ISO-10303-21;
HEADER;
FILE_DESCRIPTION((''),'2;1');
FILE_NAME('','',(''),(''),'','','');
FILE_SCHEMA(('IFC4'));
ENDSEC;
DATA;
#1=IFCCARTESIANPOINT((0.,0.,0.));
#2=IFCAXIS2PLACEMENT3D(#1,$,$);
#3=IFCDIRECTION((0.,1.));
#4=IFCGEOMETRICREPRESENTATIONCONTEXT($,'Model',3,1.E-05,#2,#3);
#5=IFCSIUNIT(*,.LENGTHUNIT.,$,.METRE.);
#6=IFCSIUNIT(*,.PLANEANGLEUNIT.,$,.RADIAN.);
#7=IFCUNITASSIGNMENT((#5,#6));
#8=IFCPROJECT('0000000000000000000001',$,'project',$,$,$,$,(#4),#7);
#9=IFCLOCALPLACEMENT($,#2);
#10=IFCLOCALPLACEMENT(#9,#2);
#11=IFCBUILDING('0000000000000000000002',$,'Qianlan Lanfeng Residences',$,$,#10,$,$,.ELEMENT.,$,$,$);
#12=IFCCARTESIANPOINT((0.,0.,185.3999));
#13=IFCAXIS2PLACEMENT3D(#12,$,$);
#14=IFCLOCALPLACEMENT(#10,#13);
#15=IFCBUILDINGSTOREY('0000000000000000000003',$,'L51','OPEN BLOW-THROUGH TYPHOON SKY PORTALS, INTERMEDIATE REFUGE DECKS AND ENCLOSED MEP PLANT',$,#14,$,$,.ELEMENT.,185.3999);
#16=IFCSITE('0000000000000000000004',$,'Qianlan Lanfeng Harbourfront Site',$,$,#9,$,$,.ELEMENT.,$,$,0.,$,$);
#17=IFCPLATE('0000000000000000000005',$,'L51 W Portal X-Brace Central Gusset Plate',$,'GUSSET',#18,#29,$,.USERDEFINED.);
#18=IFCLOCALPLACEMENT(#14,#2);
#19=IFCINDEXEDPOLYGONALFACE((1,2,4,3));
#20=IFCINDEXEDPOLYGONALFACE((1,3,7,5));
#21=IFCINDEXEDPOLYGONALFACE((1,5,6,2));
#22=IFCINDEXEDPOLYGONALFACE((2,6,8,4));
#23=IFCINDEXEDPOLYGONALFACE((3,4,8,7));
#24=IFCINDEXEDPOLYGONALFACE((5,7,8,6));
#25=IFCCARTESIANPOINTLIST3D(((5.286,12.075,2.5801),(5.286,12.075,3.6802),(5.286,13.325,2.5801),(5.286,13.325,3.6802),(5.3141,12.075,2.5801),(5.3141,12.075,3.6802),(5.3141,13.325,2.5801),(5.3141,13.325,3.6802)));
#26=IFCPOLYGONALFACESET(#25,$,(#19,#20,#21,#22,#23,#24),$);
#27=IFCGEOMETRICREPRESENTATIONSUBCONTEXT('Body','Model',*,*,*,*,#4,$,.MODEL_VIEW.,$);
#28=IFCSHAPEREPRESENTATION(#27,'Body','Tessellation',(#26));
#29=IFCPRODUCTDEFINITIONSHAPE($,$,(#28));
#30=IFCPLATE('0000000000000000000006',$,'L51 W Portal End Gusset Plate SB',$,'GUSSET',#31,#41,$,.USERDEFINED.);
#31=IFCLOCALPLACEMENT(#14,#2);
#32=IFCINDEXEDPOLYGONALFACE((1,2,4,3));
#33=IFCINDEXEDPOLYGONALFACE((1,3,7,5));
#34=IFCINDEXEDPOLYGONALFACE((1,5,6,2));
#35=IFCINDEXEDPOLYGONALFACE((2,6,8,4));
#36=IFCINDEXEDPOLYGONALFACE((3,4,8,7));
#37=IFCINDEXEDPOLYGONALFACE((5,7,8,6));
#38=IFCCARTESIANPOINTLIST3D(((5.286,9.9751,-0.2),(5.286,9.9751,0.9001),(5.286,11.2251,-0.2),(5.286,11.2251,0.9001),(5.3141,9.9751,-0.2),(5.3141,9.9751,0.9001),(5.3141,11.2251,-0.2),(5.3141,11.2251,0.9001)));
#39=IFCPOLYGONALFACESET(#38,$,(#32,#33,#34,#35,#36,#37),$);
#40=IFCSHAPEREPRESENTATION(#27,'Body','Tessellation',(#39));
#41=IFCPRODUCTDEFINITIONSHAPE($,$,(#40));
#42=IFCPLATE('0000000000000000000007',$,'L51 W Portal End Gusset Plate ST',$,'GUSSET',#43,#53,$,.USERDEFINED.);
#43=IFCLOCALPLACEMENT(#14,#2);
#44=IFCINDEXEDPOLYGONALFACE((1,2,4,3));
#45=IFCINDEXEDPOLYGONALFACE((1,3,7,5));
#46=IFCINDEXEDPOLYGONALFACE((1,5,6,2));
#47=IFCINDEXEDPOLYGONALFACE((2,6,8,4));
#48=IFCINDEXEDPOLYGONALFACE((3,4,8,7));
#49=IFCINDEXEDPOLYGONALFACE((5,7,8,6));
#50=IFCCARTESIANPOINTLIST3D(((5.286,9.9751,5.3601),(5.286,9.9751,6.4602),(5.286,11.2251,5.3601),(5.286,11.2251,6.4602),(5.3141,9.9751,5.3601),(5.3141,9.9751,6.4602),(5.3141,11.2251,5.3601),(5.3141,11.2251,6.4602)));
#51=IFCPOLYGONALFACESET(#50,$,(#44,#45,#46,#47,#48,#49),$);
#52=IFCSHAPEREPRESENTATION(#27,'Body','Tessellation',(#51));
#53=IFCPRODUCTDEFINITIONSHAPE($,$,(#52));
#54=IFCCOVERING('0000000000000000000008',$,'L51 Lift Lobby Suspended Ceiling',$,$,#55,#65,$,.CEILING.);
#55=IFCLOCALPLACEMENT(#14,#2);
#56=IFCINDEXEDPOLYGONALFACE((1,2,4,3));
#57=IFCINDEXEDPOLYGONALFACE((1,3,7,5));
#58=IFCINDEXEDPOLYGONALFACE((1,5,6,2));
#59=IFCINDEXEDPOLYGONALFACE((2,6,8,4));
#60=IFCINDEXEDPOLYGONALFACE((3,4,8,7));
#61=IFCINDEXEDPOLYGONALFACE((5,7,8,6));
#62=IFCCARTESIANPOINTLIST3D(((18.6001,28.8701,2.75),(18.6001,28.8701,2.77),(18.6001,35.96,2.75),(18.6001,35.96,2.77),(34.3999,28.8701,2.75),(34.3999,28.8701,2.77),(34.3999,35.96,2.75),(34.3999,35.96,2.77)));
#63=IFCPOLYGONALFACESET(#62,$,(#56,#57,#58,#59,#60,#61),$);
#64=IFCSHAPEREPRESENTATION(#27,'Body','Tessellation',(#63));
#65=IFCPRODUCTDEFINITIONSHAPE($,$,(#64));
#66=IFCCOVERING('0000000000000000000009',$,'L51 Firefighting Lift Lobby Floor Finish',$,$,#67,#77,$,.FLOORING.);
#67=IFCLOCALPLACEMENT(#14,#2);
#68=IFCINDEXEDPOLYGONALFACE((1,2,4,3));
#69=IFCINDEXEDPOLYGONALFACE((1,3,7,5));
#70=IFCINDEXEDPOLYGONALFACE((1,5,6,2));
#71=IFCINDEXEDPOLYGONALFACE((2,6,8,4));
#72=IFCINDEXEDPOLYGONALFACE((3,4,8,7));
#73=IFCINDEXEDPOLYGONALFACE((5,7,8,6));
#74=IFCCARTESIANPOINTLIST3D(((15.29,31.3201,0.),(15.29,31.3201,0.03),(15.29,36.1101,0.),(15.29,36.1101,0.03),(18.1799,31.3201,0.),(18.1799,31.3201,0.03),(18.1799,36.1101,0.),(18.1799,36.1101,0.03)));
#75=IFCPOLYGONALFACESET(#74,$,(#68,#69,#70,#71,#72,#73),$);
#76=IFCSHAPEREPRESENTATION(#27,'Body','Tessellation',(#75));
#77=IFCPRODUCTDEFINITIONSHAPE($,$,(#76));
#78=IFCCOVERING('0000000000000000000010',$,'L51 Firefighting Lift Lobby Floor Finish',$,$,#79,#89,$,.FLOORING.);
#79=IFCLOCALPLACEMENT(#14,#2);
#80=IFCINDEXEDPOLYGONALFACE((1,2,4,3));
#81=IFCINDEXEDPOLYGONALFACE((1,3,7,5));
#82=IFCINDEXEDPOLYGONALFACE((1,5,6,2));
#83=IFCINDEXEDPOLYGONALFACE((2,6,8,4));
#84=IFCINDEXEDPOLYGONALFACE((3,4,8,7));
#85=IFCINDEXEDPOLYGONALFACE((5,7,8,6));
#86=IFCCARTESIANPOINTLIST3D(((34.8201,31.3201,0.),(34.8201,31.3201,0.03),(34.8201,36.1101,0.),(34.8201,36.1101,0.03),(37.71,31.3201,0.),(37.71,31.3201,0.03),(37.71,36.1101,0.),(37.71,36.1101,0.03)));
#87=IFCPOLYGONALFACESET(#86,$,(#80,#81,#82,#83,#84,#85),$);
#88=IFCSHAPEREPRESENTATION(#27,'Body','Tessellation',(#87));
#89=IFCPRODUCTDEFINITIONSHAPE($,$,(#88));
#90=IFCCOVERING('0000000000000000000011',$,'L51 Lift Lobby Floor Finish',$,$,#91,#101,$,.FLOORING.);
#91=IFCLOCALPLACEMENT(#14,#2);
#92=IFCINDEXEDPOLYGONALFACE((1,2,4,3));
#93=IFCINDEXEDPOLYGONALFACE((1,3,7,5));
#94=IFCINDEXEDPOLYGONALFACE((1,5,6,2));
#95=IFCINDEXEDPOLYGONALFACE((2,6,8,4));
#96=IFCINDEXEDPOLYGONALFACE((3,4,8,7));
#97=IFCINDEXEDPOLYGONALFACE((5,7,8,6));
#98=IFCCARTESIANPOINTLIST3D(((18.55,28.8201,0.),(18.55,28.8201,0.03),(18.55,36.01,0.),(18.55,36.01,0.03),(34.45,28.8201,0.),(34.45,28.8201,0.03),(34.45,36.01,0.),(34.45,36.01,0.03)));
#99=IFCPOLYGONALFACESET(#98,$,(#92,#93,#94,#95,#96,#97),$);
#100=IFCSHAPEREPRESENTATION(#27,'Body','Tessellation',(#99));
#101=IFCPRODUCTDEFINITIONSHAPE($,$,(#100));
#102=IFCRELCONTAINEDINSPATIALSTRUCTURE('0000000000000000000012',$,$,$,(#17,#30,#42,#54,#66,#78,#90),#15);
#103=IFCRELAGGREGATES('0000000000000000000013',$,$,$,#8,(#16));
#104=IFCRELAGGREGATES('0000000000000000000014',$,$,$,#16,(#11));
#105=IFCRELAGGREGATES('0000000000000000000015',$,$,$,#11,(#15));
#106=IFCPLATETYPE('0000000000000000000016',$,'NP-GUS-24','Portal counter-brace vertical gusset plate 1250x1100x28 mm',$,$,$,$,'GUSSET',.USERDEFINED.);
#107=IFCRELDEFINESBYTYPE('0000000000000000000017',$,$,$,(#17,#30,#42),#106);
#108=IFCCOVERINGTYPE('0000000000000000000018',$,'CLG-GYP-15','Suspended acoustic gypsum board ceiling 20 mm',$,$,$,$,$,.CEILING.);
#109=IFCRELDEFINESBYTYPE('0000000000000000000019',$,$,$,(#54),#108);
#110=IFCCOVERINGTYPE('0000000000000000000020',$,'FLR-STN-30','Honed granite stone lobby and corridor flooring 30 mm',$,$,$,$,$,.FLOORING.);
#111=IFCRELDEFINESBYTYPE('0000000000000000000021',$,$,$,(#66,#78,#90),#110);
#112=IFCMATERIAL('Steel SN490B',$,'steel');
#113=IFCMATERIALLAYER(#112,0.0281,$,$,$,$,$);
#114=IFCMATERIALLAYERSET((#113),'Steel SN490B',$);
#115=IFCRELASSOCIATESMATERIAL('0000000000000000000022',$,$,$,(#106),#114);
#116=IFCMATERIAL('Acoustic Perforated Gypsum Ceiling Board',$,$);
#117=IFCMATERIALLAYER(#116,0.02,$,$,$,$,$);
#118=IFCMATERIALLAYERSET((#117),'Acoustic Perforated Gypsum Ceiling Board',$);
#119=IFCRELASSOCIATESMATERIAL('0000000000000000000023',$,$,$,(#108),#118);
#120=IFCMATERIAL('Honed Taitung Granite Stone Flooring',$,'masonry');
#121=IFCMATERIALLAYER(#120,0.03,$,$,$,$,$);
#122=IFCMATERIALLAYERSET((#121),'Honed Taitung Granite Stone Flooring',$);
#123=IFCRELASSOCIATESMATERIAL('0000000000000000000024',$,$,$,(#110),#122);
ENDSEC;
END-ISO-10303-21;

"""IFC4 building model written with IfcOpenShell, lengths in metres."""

from ifc_helpers import new_model, si_unit, direction, frame, origin, origin_2d, place, context, subcontext, project, spatial, polyline, rectangle, outline, extrude, source, transform, mapped, material, layer, layer_set, type_object, element, save


model = new_model("IFC4")

# Units and contexts
model_context = context("Model", 3, precision=1e-05, world=origin(), true_north=direction((0.0, 1.0)))
body_context = subcontext(model_context, "Body", "Model", "MODEL_VIEW")
ifc_project = project(units=[si_unit("LENGTHUNIT", "METRE"), si_unit("PLANEANGLEUNIT", "RADIAN")], contexts=[model_context])

# Site, building, storey
site_placement = place(None, origin())
site = spatial("IfcSite", under=ifc_project, at=site_placement, Name="Qianlan Lanfeng Harbourfront Site", CompositionType="ELEMENT", RefElevation=0.0)
building_placement = place(site_placement, origin())
building = spatial("IfcBuilding", under=site, at=building_placement, Name="Qianlan Lanfeng Residences", CompositionType="ELEMENT")
storey_placement = place(building_placement, frame((0.0, 0.0, 185.3999)))
storey = spatial("IfcBuildingStorey", under=building, at=storey_placement, Name="L51", Description="OPEN BLOW-THROUGH TYPHOON SKY PORTALS, INTERMEDIATE REFUGE DECKS AND ENCLOSED MEP PLANT", CompositionType="ELEMENT", Elevation=185.3999)

# Shared definitions
ifc_material_1 = material(Name="Steel SN490B", Category="steel")

# Plates
ifc_layer_1 = layer(ifc_material_1, 0.0281)
ifc_layer_set_1 = layer_set([ifc_layer_1], Name="Steel SN490B")
plate_type_1 = type_object("IfcPlateType", Name="NP-GUS-24", Description="Portal counter-brace vertical gusset plate 1250x1100x28 mm", ElementType="GUSSET", PredefinedType="USERDEFINED", material=ifc_layer_set_1)
shared_shape_1 = source(origin(), body_context, "Body", "SweptSolid", [
    extrude(rectangle(XDim=0.0281, YDim=1.25, at=origin_2d()), origin(), (0.0, 0.0, 1.0), 1.1001),
])
for number, where, z_axis, x_axis, name in (
    (1, (5.3, 12.7, 2.5801), (0.0, 0.0, 1.0), (1.0, 0.0, 0.0), "L51 W Portal X-Brace Central Gusset Plate"),
    (2, (5.3, 10.6001, -0.2), (0.0, 0.0, 1.0), (1.0, 0.0, 0.0), "L51 W Portal End Gusset Plate SB"),
    (3, (5.3, 10.6001, 5.3601), (0.0, 0.0, 1.0), (1.0, 0.0, 0.0), "L51 W Portal End Gusset Plate ST"),
):
    element("IfcPlate", number, at=place(storey_placement, frame(where, z_axis=z_axis, x_axis=x_axis)), inside=storey, type_object=plate_type_1, Name=name, ObjectType="GUSSET", PredefinedType="USERDEFINED", context=body_context, shape_type="MappedRepresentation", body=[
        mapped(shared_shape_1, transform((0.0, 0.0, 0.0), scale=1.0)),
    ])

# Coverings
ifc_material_2 = material(Name="Acoustic Perforated Gypsum Ceiling Board")
ifc_layer_2 = layer(ifc_material_2, 0.02)
ifc_layer_set_2 = layer_set([ifc_layer_2], Name="Acoustic Perforated Gypsum Ceiling Board")
covering_type_1 = type_object("IfcCoveringType", Name="CLG-GYP-15", Description="Suspended acoustic gypsum board ceiling 20 mm", PredefinedType="CEILING", material=ifc_layer_set_2)
covering_1_placement = place(storey_placement, frame((0.0, 0.0, 2.75)))
element("IfcCovering", 4, at=covering_1_placement, inside=storey, type_object=covering_type_1, Name="L51 Lift Lobby Suspended Ceiling", PredefinedType="CEILING", context=body_context, shape_type="SweptSolid", body=[
    extrude(outline(polyline([(18.6001, 28.8701), (34.3999, 28.8701), (34.3999, 35.96), (18.6001, 35.96), (18.6001, 28.8701)])), origin(), (0.0, 0.0, 1.0), 0.02),
])
ifc_material_3 = material(Name="Honed Taitung Granite Stone Flooring", Category="masonry")
ifc_layer_3 = layer(ifc_material_3, 0.03)
ifc_layer_set_3 = layer_set([ifc_layer_3], Name="Honed Taitung Granite Stone Flooring")
covering_type_2 = type_object("IfcCoveringType", Name="FLR-STN-30", Description="Honed granite stone lobby and corridor flooring 30 mm", PredefinedType="FLOORING", material=ifc_layer_set_3)
covering_2_placement = place(storey_placement, origin())
element("IfcCovering", 5, at=covering_2_placement, inside=storey, type_object=covering_type_2, Name="L51 Firefighting Lift Lobby Floor Finish", PredefinedType="FLOORING", context=body_context, shape_type="SweptSolid", body=[
    extrude(outline(polyline([(15.29, 31.3201), (18.1799, 31.3201), (18.1799, 36.1101), (15.29, 36.1101), (15.29, 31.3201)])), origin(), (0.0, 0.0, 1.0), 0.03),
])
covering_3_placement = place(storey_placement, origin())
element("IfcCovering", 6, at=covering_3_placement, inside=storey, type_object=covering_type_2, Name="L51 Firefighting Lift Lobby Floor Finish", PredefinedType="FLOORING", context=body_context, shape_type="SweptSolid", body=[
    extrude(outline(polyline([(34.8201, 31.3201), (37.71, 31.3201), (37.71, 36.1101), (34.8201, 36.1101), (34.8201, 31.3201)])), origin(), (0.0, 0.0, 1.0), 0.03),
])
covering_4_placement = place(storey_placement, origin())
element("IfcCovering", 7, at=covering_4_placement, inside=storey, type_object=covering_type_2, Name="L51 Lift Lobby Floor Finish", PredefinedType="FLOORING", context=body_context, shape_type="SweptSolid", body=[
    extrude(outline(polyline([(18.55, 28.8201), (34.45, 28.8201), (34.45, 36.01), (18.55, 36.01), (18.55, 28.8201)])), origin(), (0.0, 0.0, 1.0), 0.03),
])

save(model, "model.ifc")
